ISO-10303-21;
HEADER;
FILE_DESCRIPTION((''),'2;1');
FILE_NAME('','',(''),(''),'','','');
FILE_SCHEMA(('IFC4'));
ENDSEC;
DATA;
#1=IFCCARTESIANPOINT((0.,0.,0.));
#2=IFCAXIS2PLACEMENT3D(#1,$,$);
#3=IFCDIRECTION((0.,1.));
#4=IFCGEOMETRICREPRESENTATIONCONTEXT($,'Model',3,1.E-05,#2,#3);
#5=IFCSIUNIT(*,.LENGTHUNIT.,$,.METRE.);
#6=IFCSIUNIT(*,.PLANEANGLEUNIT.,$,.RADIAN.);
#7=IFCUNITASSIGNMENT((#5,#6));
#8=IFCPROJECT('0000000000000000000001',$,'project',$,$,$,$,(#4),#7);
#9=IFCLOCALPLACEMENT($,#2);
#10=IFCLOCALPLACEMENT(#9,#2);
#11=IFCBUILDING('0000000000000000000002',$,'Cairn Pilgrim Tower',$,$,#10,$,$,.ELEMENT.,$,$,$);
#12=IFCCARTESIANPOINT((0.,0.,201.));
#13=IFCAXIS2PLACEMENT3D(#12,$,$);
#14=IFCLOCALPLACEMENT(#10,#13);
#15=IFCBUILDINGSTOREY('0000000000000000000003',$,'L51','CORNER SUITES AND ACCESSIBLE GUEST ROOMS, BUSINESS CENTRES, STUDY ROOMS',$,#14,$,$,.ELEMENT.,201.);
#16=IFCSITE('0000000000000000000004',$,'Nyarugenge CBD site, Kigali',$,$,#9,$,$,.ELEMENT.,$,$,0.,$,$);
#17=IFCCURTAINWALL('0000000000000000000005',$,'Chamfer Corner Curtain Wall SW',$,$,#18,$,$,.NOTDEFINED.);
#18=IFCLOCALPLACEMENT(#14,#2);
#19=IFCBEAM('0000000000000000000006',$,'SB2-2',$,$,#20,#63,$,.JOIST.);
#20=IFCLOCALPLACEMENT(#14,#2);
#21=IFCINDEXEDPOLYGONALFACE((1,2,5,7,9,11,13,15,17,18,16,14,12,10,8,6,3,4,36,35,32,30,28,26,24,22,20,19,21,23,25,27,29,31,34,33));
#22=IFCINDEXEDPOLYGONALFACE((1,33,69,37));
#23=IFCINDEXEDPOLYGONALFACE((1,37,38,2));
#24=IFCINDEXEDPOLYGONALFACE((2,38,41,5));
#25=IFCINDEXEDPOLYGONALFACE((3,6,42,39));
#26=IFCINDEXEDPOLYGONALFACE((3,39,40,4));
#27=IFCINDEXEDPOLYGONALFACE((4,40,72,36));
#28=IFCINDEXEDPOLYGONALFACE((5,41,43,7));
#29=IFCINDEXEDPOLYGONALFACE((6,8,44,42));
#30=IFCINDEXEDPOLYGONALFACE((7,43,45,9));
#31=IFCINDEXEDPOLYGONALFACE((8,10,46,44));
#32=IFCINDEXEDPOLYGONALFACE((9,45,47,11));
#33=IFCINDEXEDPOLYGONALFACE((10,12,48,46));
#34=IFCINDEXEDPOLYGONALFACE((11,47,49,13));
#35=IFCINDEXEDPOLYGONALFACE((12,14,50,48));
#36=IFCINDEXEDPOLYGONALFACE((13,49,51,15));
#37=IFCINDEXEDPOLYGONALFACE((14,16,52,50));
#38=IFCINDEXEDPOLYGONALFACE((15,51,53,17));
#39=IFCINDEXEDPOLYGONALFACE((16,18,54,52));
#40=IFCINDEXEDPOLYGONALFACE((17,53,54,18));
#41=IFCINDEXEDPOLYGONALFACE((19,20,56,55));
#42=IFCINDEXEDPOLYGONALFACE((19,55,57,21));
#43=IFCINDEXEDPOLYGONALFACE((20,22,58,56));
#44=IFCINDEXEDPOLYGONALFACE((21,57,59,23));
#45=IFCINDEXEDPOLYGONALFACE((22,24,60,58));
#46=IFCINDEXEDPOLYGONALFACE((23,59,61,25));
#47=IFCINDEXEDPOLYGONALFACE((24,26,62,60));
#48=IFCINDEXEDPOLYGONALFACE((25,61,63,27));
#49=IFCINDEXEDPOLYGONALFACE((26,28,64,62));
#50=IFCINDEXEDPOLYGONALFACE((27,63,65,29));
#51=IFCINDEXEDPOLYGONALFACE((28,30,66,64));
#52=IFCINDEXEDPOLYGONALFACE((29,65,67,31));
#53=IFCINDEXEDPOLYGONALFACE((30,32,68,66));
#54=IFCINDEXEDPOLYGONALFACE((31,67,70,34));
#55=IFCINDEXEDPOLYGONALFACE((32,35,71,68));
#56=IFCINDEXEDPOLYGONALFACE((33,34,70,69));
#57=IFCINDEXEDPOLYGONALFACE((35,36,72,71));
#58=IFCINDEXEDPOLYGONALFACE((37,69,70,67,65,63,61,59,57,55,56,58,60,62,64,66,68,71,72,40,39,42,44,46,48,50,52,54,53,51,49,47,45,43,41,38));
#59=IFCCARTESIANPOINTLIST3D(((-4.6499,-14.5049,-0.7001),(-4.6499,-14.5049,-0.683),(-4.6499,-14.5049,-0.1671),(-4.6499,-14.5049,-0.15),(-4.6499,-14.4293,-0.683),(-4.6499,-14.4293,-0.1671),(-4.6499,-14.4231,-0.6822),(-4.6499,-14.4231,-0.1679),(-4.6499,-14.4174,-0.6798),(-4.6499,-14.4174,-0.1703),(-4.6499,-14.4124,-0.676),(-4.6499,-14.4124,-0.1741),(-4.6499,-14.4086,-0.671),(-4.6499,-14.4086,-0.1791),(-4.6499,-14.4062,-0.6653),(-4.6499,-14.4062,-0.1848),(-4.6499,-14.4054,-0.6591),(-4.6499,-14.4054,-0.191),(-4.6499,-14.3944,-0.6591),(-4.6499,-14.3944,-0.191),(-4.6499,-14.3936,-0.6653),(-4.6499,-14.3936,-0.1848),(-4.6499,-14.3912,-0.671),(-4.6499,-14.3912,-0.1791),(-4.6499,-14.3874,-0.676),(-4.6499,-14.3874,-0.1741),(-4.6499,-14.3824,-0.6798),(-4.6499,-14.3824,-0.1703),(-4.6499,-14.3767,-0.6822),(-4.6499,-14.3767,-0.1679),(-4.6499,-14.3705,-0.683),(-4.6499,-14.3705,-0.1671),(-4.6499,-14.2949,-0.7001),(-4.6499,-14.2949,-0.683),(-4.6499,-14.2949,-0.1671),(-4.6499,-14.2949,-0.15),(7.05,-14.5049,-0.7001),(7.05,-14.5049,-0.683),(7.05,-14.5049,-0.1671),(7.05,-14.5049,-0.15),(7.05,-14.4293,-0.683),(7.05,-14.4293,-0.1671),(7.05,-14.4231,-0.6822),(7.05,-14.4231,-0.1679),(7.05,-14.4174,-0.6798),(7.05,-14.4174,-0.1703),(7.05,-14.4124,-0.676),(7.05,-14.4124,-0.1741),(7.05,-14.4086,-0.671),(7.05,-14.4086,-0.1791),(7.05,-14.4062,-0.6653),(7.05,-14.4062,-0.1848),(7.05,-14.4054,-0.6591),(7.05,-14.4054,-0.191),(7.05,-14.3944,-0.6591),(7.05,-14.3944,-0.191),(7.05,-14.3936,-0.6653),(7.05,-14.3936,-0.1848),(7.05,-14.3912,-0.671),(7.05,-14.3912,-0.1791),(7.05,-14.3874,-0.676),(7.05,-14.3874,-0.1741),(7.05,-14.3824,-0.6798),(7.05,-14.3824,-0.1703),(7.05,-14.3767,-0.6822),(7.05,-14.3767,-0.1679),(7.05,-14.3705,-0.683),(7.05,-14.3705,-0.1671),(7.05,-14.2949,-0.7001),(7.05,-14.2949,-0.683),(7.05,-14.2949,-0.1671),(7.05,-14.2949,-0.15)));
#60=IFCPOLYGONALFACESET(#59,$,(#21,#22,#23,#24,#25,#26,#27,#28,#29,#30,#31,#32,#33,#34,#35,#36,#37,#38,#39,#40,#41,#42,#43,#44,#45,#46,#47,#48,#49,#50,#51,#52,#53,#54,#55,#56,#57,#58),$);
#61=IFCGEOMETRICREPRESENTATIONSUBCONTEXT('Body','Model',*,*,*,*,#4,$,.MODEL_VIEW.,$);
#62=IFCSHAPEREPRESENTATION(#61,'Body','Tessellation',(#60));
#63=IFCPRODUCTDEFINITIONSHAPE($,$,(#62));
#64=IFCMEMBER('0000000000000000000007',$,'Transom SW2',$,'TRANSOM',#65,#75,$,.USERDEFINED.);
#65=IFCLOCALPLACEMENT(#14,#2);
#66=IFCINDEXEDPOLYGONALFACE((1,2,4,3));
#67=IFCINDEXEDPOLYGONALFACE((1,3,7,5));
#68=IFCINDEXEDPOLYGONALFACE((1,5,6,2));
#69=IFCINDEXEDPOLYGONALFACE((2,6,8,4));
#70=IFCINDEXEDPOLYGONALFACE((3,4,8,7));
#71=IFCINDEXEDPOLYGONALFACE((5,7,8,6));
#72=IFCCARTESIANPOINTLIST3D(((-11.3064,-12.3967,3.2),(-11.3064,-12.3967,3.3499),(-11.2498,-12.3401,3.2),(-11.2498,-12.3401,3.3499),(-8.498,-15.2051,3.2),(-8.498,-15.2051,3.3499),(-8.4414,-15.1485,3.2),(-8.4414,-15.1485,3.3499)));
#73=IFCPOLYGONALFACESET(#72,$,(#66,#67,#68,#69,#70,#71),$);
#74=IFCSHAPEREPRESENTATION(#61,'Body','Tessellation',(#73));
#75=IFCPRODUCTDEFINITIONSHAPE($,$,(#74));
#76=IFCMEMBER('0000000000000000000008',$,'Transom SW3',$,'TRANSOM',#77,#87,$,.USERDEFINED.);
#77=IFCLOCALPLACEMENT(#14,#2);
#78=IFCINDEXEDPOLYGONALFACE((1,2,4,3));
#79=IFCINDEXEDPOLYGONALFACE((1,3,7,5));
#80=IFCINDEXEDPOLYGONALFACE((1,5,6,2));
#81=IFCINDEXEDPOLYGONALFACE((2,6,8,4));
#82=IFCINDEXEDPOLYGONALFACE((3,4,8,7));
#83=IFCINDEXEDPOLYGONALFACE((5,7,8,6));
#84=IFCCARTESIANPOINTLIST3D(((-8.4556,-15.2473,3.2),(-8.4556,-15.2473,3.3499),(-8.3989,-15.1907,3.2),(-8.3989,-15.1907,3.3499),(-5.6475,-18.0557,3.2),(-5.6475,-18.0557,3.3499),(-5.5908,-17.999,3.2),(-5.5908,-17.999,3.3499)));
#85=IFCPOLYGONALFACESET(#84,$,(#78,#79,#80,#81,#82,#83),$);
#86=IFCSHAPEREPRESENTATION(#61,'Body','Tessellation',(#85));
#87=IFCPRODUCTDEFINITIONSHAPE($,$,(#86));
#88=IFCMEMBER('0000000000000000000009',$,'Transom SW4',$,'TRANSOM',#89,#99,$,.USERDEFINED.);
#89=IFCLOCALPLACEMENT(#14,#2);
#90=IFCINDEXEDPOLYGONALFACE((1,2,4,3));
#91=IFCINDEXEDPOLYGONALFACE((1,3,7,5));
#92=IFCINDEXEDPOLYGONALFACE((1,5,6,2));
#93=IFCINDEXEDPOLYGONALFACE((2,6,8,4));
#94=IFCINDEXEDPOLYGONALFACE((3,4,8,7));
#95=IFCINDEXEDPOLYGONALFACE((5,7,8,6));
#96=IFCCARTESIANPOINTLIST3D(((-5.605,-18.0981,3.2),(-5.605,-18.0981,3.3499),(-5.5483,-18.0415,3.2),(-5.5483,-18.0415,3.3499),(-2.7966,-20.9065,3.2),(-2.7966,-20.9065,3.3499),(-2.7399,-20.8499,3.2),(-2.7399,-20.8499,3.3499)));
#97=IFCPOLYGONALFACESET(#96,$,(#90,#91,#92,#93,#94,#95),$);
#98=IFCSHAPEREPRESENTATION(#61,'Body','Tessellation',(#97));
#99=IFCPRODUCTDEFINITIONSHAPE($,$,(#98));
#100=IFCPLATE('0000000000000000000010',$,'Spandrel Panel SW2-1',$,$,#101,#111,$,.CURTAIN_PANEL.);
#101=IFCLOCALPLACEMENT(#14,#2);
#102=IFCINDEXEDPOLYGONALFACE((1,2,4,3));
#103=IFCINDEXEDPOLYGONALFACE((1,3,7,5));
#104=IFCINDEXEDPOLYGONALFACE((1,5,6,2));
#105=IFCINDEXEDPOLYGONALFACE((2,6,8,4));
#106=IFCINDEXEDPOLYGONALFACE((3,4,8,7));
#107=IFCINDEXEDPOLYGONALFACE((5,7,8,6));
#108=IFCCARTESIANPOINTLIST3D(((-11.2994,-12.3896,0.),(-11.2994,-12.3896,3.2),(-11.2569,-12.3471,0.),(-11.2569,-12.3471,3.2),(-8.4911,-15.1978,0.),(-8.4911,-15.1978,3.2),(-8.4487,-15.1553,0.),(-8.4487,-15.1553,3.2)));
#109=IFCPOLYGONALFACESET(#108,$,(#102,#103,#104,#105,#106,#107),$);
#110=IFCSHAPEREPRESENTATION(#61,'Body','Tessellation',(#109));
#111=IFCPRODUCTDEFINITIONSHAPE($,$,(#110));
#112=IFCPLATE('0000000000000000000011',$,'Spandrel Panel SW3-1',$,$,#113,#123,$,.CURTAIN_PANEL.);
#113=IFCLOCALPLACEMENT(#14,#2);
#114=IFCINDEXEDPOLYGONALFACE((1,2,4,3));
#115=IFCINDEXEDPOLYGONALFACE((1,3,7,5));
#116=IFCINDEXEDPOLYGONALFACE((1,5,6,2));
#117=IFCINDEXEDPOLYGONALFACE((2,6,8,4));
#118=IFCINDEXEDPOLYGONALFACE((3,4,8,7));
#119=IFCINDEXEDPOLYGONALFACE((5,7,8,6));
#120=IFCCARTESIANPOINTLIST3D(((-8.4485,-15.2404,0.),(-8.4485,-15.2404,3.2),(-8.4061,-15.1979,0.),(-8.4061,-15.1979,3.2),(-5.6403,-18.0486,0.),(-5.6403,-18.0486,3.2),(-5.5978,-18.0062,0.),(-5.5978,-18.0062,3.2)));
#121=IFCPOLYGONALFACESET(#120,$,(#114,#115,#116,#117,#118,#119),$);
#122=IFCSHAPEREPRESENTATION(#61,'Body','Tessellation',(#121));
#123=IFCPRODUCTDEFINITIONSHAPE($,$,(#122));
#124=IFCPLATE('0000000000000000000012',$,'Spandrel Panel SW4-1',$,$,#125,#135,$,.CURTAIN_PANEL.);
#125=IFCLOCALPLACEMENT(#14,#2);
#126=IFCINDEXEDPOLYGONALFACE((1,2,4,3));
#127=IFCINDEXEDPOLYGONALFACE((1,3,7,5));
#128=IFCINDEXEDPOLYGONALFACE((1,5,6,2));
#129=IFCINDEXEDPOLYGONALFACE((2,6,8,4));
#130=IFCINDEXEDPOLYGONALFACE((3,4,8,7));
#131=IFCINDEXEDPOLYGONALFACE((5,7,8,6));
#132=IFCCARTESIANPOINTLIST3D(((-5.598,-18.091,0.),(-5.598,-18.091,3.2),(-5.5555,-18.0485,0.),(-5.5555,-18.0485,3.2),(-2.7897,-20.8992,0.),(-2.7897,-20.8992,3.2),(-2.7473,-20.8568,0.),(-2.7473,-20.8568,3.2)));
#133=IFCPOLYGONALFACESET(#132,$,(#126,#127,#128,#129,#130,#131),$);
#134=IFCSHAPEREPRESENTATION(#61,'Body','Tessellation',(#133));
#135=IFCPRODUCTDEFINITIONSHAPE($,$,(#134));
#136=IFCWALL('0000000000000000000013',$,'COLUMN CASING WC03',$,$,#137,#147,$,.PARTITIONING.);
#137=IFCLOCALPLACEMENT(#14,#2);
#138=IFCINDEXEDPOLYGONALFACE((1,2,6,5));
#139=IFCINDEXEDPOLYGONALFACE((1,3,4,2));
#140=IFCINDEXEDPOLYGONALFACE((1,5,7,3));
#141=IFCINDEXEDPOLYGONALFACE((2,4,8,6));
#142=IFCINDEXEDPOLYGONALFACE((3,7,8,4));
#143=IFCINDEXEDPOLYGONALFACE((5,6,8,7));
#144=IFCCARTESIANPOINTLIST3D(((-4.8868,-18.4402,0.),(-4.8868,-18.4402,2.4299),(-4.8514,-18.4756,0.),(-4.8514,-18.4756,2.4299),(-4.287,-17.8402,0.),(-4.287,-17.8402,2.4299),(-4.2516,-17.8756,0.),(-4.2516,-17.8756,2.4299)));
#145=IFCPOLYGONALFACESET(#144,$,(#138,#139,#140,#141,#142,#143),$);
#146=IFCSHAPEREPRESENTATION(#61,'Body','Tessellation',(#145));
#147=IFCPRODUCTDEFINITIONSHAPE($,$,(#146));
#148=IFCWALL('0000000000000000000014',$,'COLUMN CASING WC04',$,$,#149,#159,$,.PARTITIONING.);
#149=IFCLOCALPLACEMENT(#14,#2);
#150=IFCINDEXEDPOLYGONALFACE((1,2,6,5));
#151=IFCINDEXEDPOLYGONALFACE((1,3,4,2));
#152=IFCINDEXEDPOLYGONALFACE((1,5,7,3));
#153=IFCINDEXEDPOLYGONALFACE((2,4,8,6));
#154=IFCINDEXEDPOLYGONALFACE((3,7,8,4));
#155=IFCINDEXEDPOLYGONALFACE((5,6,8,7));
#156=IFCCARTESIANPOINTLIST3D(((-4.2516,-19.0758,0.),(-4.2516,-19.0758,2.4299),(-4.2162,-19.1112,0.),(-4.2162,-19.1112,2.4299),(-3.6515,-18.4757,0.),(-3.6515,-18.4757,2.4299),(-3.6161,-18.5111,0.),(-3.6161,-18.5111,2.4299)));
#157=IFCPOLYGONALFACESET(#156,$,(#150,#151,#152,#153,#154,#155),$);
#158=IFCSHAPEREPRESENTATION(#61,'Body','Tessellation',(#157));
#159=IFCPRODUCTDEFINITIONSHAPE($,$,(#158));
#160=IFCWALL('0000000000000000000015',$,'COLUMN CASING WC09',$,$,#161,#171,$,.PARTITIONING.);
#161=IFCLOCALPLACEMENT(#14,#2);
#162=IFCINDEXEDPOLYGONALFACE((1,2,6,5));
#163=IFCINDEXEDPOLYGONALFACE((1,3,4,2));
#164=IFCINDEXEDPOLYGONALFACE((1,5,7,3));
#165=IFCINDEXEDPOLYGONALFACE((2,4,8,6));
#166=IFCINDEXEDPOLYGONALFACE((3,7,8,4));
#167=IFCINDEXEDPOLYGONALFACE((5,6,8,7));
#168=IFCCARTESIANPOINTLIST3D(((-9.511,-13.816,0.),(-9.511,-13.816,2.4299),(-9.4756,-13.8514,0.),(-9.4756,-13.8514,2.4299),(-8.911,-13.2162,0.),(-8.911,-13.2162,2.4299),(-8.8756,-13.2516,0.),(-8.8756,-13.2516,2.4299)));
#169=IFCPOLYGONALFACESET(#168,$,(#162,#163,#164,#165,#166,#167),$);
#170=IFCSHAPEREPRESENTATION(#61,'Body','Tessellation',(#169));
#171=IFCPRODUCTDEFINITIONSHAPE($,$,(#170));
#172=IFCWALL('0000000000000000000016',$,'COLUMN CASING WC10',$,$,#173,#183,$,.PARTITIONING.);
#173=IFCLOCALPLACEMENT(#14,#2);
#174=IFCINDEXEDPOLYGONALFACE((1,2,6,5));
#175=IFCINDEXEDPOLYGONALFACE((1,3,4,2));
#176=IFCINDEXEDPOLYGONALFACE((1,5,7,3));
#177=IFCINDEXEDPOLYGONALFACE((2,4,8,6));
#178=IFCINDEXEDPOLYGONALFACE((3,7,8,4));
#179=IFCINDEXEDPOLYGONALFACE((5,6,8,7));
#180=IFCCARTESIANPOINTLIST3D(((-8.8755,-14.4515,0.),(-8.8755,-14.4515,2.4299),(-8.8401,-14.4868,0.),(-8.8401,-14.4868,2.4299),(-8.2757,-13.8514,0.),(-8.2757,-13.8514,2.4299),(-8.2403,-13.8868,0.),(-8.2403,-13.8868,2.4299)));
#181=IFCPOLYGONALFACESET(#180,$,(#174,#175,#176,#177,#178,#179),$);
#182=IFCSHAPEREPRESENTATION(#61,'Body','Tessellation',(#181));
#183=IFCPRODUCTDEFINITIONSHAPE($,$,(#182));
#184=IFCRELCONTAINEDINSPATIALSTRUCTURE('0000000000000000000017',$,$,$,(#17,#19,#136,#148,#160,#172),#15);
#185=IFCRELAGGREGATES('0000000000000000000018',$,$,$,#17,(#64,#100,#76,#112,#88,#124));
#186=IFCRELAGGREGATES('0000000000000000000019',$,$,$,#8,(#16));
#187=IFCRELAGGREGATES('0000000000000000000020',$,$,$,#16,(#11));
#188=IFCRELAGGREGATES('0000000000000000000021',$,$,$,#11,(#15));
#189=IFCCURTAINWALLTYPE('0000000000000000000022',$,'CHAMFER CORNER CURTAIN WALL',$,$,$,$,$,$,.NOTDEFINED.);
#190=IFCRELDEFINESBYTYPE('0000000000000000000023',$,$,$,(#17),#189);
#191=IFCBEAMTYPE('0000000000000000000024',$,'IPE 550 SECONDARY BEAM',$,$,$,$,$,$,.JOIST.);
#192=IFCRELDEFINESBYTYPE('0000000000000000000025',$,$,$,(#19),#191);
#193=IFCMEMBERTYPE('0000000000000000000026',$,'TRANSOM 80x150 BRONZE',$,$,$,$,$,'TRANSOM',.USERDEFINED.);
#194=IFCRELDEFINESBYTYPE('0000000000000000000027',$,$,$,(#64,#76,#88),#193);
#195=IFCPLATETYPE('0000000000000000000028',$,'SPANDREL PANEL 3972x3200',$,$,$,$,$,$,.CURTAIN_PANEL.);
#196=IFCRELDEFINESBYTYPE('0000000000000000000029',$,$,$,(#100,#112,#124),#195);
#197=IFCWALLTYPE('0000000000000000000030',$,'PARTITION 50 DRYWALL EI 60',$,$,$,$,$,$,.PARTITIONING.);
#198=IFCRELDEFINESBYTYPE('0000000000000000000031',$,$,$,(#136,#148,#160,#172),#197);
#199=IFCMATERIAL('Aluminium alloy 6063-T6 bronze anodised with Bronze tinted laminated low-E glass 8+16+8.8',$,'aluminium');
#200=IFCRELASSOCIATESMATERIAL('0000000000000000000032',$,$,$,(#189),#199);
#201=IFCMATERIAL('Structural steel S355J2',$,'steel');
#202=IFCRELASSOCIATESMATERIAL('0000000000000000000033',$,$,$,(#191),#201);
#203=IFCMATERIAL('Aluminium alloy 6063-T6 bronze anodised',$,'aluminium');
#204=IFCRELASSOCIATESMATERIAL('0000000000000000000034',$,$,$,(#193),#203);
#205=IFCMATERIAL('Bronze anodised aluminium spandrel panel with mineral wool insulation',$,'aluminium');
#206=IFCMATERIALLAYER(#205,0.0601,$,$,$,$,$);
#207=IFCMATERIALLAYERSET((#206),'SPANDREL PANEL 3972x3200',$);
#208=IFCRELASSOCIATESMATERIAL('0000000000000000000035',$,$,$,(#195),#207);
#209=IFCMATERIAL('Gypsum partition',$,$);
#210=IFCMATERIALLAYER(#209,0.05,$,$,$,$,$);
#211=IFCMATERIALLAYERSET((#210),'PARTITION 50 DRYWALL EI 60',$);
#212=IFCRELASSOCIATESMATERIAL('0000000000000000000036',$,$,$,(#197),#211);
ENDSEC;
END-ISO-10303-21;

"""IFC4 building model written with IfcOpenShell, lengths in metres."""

from ifc_helpers import new_model, si_unit, direction, frame, frame_2d, origin, origin_2d, place, context, subcontext, project, spatial, rectangle, i_section, extrude, material, layer, layer_set, material_profile, profile_set, type_object, element, aggregate, save


model = new_model("IFC4")

# Units and contexts
model_context = context("Model", 3, precision=1e-05, world=origin(), true_north=direction((0.0, 1.0)))
body_context = subcontext(model_context, "Body", "Model", "MODEL_VIEW")
ifc_project = project(units=[si_unit("LENGTHUNIT", "METRE"), si_unit("PLANEANGLEUNIT", "RADIAN")], contexts=[model_context])

# Site, building, storey
site_placement = place(None, origin())
site = spatial("IfcSite", under=ifc_project, at=site_placement, Name="Nyarugenge CBD site, Kigali", CompositionType="ELEMENT", RefElevation=0.0)
building_placement = place(site_placement, origin())
building = spatial("IfcBuilding", under=site, at=building_placement, Name="Cairn Pilgrim Tower", CompositionType="ELEMENT")
storey_placement = place(building_placement, frame((0.0, 0.0, 201.0)))
storey = spatial("IfcBuildingStorey", under=building, at=storey_placement, Name="L51", Description="CORNER SUITES AND ACCESSIBLE GUEST ROOMS, BUSINESS CENTRES, STUDY ROOMS", CompositionType="ELEMENT", Elevation=201.0)

# Shared definitions
ifc_material_1 = material(Name="Structural steel S355J2", Category="steel")

# Curtain wall
ifc_material_2 = material(Name="Aluminium alloy 6063-T6 bronze anodised with Bronze tinted laminated low-E glass 8+16+8.8", Category="aluminium")
curtain_wall_type = type_object("IfcCurtainWallType", Name="CHAMFER CORNER CURTAIN WALL", PredefinedType="NOTDEFINED", material=ifc_material_2)
curtain_wall_placement = place(storey_placement, origin())
curtain_wall = element("IfcCurtainWall", 1, at=curtain_wall_placement, inside=storey, type_object=curtain_wall_type, Name="Chamfer Corner Curtain Wall SW", PredefinedType="NOTDEFINED")
ifc_material_3 = material(Name="Aluminium alloy 6063-T6 bronze anodised", Category="aluminium")

# Beam
ifc_material_profile_1 = material_profile(ifc_material_1, i_section(OverallWidth=0.21, OverallDepth=0.55, WebThickness=0.011, FlangeThickness=0.0171, FilletRadius=0.0239, at=origin_2d()), Name="IPE 550")
ifc_profile_set_1 = profile_set([ifc_material_profile_1], Name="Structural steel S355J2")
beam_type_1 = type_object("IfcBeamType", Name="IPE 550 SECONDARY BEAM", PredefinedType="JOIST", material=ifc_profile_set_1)
beam_1_placement = place(storey_placement, frame((-4.6499, -14.3999, -0.425), z_axis=(1.0, 0.0, 0.0), x_axis=(0.0, 1.0, 0.0)))
element("IfcBeam", 2, at=beam_1_placement, inside=storey, type_object=beam_type_1, Name="SB2-2", PredefinedType="JOIST", context=body_context, shape_type="SweptSolid", body=[
    extrude(i_section(OverallWidth=0.21, OverallDepth=0.55, WebThickness=0.011, FlangeThickness=0.0171, FilletRadius=0.0239, at=origin_2d()), origin(), (0.0, 0.0, 1.0), 11.7),
])

# Members
ifc_material_profile_2 = material_profile(ifc_material_3, rectangle(XDim=0.0801, YDim=0.1499, at=origin_2d()), Name="TRANSOM 80x150 BRONZE")
ifc_profile_set_2 = profile_set([ifc_material_profile_2], Name="Aluminium alloy 6063-T6 bronze anodised")
member_type_1 = type_object("IfcMemberType", Name="TRANSOM 80x150 BRONZE", ElementType="TRANSOM", PredefinedType="USERDEFINED", material=ifc_profile_set_2)
member_1_placement = place(storey_placement, frame((-11.2781, -12.3684, 3.2749), z_axis=(0.707107, -0.707107, 0.0), x_axis=(0.707107, 0.707107, 0.0)))
member_1 = element("IfcMember", 3, at=member_1_placement, type_object=member_type_1, Name="Transom SW2", ObjectType="TRANSOM", PredefinedType="USERDEFINED", context=body_context, shape_type="SweptSolid", body=[
    extrude(rectangle(XDim=0.0801, YDim=0.1499, at=origin_2d()), origin(), (0.0, 0.0, 1.0), 3.9717),
])
member_2_placement = place(storey_placement, frame((-8.4272, -15.219, 3.2749), z_axis=(0.707076, -0.707138, 0.0), x_axis=(0.707138, 0.707076, 0.0)))
member_2 = element("IfcMember", 4, at=member_2_placement, type_object=member_type_1, Name="Transom SW3", ObjectType="TRANSOM", PredefinedType="USERDEFINED", context=body_context, shape_type="SweptSolid", body=[
    extrude(rectangle(XDim=0.0801, YDim=0.1499, at=origin_2d()), origin(), (0.0, 0.0, 1.0), 3.9714),
])
member_3_placement = place(storey_placement, frame((-5.5767, -18.0698, 3.2749), z_axis=(0.707107, -0.707107, 0.0), x_axis=(0.707107, 0.707107, 0.0)))
member_3 = element("IfcMember", 5, at=member_3_placement, type_object=member_type_1, Name="Transom SW4", ObjectType="TRANSOM", PredefinedType="USERDEFINED", context=body_context, shape_type="SweptSolid", body=[
    extrude(rectangle(XDim=0.0801, YDim=0.1499, at=origin_2d()), origin(), (0.0, 0.0, 1.0), 3.9717),
])

# Plates
ifc_material_4 = material(Name="Bronze anodised aluminium spandrel panel with mineral wool insulation", Category="aluminium")
ifc_layer_1 = layer(ifc_material_4, 0.0601)
ifc_layer_set_1 = layer_set([ifc_layer_1], Name="SPANDREL PANEL 3972x3200")
plate_type = type_object("IfcPlateType", Name="SPANDREL PANEL 3972x3200", PredefinedType="CURTAIN_PANEL", material=ifc_layer_set_1)
plate_1_placement = place(storey_placement, frame((-9.874, -13.7725, 0.0), z_axis=(0.0, 0.0, 1.0), x_axis=(0.707107, -0.707107, 0.0)))
plate_1 = element("IfcPlate", 6, at=plate_1_placement, type_object=plate_type, Name="Spandrel Panel SW2-1", PredefinedType="CURTAIN_PANEL", context=body_context, shape_type="SweptSolid", body=[
    extrude(rectangle(XDim=3.9714, YDim=0.0601, at=origin_2d()), origin(), (0.0, 0.0, 1.0), 3.2),
])
plate_2_placement = place(storey_placement, frame((-7.0232, -16.6233, 0.0), z_axis=(0.0, 0.0, 1.0), x_axis=(0.707107, -0.707107, 0.0)))
plate_2 = element("IfcPlate", 7, at=plate_2_placement, type_object=plate_type, Name="Spandrel Panel SW3-1", PredefinedType="CURTAIN_PANEL", context=body_context, shape_type="SweptSolid", body=[
    extrude(rectangle(XDim=3.9714, YDim=0.0601, at=origin_2d()), origin(), (0.0, 0.0, 1.0), 3.2),
])
plate_3_placement = place(storey_placement, frame((-4.1726, -19.4739, 0.0), z_axis=(0.0, 0.0, 1.0), x_axis=(0.707107, -0.707107, 0.0)))
plate_3 = element("IfcPlate", 8, at=plate_3_placement, type_object=plate_type, Name="Spandrel Panel SW4-1", PredefinedType="CURTAIN_PANEL", context=body_context, shape_type="SweptSolid", body=[
    extrude(rectangle(XDim=3.9714, YDim=0.0601, at=origin_2d()), origin(), (0.0, 0.0, 1.0), 3.2),
])
aggregate(curtain_wall, [member_1, plate_1, member_2, plate_2, member_3, plate_3])

# Walls
ifc_material_5 = material(Name="Gypsum partition")
ifc_layer_2 = layer(ifc_material_5, 0.05)
ifc_layer_set_2 = layer_set([ifc_layer_2], Name="PARTITION 50 DRYWALL EI 60")
wall_type_1 = type_object("IfcWallType", Name="PARTITION 50 DRYWALL EI 60", PredefinedType="PARTITIONING", material=ifc_layer_set_2)
wall_1_placement = place(storey_placement, frame((-4.8691, -18.458, 0.0), z_axis=(0.0, 0.0, 1.0), x_axis=(0.706963, 0.707251, 0.0)))
element("IfcWall", 9, at=wall_1_placement, inside=storey, type_object=wall_type_1, Name="COLUMN CASING WC03", PredefinedType="PARTITIONING", context=body_context, shape_type="SweptSolid", body=[
    extrude(rectangle(XDim=0.8484, YDim=0.05, at=frame_2d((0.4243, 0.0))), origin(), (0.0, 0.0, 1.0), 2.4299),
])
wall_2_placement = place(storey_placement, frame((-4.2339, -19.0935, 0.0), z_axis=(0.0, 0.0, 1.0), x_axis=(0.707107, 0.707107, 0.0)))
element("IfcWall", 10, at=wall_2_placement, inside=storey, type_object=wall_type_1, Name="COLUMN CASING WC04", PredefinedType="PARTITIONING", context=body_context, shape_type="SweptSolid", body=[
    extrude(rectangle(XDim=0.8486, YDim=0.05, at=frame_2d((0.4243, 0.0))), origin(), (0.0, 0.0, 1.0), 2.4299),
])
for number, where, z_axis, x_axis, name in (
    (11, (-9.4934, -13.8337, 0.0), (0.0, 0.0, 1.0), (0.707251, 0.706963, 0.0), "COLUMN CASING WC09"),
    (12, (-8.8579, -14.4692, 0.0), (0.0, 0.0, 1.0), (0.706963, 0.707251, 0.0), "COLUMN CASING WC10"),
):
    element("IfcWall", number, at=place(storey_placement, frame(where, z_axis=z_axis, x_axis=x_axis)), inside=storey, type_object=wall_type_1, Name=name, PredefinedType="PARTITIONING", context=body_context, shape_type="SweptSolid", body=[
        extrude(rectangle(XDim=0.8484, YDim=0.05, at=frame_2d((0.4243, 0.0))), origin(), (0.0, 0.0, 1.0), 2.4299),
    ])

save(model, "model.ifc")
